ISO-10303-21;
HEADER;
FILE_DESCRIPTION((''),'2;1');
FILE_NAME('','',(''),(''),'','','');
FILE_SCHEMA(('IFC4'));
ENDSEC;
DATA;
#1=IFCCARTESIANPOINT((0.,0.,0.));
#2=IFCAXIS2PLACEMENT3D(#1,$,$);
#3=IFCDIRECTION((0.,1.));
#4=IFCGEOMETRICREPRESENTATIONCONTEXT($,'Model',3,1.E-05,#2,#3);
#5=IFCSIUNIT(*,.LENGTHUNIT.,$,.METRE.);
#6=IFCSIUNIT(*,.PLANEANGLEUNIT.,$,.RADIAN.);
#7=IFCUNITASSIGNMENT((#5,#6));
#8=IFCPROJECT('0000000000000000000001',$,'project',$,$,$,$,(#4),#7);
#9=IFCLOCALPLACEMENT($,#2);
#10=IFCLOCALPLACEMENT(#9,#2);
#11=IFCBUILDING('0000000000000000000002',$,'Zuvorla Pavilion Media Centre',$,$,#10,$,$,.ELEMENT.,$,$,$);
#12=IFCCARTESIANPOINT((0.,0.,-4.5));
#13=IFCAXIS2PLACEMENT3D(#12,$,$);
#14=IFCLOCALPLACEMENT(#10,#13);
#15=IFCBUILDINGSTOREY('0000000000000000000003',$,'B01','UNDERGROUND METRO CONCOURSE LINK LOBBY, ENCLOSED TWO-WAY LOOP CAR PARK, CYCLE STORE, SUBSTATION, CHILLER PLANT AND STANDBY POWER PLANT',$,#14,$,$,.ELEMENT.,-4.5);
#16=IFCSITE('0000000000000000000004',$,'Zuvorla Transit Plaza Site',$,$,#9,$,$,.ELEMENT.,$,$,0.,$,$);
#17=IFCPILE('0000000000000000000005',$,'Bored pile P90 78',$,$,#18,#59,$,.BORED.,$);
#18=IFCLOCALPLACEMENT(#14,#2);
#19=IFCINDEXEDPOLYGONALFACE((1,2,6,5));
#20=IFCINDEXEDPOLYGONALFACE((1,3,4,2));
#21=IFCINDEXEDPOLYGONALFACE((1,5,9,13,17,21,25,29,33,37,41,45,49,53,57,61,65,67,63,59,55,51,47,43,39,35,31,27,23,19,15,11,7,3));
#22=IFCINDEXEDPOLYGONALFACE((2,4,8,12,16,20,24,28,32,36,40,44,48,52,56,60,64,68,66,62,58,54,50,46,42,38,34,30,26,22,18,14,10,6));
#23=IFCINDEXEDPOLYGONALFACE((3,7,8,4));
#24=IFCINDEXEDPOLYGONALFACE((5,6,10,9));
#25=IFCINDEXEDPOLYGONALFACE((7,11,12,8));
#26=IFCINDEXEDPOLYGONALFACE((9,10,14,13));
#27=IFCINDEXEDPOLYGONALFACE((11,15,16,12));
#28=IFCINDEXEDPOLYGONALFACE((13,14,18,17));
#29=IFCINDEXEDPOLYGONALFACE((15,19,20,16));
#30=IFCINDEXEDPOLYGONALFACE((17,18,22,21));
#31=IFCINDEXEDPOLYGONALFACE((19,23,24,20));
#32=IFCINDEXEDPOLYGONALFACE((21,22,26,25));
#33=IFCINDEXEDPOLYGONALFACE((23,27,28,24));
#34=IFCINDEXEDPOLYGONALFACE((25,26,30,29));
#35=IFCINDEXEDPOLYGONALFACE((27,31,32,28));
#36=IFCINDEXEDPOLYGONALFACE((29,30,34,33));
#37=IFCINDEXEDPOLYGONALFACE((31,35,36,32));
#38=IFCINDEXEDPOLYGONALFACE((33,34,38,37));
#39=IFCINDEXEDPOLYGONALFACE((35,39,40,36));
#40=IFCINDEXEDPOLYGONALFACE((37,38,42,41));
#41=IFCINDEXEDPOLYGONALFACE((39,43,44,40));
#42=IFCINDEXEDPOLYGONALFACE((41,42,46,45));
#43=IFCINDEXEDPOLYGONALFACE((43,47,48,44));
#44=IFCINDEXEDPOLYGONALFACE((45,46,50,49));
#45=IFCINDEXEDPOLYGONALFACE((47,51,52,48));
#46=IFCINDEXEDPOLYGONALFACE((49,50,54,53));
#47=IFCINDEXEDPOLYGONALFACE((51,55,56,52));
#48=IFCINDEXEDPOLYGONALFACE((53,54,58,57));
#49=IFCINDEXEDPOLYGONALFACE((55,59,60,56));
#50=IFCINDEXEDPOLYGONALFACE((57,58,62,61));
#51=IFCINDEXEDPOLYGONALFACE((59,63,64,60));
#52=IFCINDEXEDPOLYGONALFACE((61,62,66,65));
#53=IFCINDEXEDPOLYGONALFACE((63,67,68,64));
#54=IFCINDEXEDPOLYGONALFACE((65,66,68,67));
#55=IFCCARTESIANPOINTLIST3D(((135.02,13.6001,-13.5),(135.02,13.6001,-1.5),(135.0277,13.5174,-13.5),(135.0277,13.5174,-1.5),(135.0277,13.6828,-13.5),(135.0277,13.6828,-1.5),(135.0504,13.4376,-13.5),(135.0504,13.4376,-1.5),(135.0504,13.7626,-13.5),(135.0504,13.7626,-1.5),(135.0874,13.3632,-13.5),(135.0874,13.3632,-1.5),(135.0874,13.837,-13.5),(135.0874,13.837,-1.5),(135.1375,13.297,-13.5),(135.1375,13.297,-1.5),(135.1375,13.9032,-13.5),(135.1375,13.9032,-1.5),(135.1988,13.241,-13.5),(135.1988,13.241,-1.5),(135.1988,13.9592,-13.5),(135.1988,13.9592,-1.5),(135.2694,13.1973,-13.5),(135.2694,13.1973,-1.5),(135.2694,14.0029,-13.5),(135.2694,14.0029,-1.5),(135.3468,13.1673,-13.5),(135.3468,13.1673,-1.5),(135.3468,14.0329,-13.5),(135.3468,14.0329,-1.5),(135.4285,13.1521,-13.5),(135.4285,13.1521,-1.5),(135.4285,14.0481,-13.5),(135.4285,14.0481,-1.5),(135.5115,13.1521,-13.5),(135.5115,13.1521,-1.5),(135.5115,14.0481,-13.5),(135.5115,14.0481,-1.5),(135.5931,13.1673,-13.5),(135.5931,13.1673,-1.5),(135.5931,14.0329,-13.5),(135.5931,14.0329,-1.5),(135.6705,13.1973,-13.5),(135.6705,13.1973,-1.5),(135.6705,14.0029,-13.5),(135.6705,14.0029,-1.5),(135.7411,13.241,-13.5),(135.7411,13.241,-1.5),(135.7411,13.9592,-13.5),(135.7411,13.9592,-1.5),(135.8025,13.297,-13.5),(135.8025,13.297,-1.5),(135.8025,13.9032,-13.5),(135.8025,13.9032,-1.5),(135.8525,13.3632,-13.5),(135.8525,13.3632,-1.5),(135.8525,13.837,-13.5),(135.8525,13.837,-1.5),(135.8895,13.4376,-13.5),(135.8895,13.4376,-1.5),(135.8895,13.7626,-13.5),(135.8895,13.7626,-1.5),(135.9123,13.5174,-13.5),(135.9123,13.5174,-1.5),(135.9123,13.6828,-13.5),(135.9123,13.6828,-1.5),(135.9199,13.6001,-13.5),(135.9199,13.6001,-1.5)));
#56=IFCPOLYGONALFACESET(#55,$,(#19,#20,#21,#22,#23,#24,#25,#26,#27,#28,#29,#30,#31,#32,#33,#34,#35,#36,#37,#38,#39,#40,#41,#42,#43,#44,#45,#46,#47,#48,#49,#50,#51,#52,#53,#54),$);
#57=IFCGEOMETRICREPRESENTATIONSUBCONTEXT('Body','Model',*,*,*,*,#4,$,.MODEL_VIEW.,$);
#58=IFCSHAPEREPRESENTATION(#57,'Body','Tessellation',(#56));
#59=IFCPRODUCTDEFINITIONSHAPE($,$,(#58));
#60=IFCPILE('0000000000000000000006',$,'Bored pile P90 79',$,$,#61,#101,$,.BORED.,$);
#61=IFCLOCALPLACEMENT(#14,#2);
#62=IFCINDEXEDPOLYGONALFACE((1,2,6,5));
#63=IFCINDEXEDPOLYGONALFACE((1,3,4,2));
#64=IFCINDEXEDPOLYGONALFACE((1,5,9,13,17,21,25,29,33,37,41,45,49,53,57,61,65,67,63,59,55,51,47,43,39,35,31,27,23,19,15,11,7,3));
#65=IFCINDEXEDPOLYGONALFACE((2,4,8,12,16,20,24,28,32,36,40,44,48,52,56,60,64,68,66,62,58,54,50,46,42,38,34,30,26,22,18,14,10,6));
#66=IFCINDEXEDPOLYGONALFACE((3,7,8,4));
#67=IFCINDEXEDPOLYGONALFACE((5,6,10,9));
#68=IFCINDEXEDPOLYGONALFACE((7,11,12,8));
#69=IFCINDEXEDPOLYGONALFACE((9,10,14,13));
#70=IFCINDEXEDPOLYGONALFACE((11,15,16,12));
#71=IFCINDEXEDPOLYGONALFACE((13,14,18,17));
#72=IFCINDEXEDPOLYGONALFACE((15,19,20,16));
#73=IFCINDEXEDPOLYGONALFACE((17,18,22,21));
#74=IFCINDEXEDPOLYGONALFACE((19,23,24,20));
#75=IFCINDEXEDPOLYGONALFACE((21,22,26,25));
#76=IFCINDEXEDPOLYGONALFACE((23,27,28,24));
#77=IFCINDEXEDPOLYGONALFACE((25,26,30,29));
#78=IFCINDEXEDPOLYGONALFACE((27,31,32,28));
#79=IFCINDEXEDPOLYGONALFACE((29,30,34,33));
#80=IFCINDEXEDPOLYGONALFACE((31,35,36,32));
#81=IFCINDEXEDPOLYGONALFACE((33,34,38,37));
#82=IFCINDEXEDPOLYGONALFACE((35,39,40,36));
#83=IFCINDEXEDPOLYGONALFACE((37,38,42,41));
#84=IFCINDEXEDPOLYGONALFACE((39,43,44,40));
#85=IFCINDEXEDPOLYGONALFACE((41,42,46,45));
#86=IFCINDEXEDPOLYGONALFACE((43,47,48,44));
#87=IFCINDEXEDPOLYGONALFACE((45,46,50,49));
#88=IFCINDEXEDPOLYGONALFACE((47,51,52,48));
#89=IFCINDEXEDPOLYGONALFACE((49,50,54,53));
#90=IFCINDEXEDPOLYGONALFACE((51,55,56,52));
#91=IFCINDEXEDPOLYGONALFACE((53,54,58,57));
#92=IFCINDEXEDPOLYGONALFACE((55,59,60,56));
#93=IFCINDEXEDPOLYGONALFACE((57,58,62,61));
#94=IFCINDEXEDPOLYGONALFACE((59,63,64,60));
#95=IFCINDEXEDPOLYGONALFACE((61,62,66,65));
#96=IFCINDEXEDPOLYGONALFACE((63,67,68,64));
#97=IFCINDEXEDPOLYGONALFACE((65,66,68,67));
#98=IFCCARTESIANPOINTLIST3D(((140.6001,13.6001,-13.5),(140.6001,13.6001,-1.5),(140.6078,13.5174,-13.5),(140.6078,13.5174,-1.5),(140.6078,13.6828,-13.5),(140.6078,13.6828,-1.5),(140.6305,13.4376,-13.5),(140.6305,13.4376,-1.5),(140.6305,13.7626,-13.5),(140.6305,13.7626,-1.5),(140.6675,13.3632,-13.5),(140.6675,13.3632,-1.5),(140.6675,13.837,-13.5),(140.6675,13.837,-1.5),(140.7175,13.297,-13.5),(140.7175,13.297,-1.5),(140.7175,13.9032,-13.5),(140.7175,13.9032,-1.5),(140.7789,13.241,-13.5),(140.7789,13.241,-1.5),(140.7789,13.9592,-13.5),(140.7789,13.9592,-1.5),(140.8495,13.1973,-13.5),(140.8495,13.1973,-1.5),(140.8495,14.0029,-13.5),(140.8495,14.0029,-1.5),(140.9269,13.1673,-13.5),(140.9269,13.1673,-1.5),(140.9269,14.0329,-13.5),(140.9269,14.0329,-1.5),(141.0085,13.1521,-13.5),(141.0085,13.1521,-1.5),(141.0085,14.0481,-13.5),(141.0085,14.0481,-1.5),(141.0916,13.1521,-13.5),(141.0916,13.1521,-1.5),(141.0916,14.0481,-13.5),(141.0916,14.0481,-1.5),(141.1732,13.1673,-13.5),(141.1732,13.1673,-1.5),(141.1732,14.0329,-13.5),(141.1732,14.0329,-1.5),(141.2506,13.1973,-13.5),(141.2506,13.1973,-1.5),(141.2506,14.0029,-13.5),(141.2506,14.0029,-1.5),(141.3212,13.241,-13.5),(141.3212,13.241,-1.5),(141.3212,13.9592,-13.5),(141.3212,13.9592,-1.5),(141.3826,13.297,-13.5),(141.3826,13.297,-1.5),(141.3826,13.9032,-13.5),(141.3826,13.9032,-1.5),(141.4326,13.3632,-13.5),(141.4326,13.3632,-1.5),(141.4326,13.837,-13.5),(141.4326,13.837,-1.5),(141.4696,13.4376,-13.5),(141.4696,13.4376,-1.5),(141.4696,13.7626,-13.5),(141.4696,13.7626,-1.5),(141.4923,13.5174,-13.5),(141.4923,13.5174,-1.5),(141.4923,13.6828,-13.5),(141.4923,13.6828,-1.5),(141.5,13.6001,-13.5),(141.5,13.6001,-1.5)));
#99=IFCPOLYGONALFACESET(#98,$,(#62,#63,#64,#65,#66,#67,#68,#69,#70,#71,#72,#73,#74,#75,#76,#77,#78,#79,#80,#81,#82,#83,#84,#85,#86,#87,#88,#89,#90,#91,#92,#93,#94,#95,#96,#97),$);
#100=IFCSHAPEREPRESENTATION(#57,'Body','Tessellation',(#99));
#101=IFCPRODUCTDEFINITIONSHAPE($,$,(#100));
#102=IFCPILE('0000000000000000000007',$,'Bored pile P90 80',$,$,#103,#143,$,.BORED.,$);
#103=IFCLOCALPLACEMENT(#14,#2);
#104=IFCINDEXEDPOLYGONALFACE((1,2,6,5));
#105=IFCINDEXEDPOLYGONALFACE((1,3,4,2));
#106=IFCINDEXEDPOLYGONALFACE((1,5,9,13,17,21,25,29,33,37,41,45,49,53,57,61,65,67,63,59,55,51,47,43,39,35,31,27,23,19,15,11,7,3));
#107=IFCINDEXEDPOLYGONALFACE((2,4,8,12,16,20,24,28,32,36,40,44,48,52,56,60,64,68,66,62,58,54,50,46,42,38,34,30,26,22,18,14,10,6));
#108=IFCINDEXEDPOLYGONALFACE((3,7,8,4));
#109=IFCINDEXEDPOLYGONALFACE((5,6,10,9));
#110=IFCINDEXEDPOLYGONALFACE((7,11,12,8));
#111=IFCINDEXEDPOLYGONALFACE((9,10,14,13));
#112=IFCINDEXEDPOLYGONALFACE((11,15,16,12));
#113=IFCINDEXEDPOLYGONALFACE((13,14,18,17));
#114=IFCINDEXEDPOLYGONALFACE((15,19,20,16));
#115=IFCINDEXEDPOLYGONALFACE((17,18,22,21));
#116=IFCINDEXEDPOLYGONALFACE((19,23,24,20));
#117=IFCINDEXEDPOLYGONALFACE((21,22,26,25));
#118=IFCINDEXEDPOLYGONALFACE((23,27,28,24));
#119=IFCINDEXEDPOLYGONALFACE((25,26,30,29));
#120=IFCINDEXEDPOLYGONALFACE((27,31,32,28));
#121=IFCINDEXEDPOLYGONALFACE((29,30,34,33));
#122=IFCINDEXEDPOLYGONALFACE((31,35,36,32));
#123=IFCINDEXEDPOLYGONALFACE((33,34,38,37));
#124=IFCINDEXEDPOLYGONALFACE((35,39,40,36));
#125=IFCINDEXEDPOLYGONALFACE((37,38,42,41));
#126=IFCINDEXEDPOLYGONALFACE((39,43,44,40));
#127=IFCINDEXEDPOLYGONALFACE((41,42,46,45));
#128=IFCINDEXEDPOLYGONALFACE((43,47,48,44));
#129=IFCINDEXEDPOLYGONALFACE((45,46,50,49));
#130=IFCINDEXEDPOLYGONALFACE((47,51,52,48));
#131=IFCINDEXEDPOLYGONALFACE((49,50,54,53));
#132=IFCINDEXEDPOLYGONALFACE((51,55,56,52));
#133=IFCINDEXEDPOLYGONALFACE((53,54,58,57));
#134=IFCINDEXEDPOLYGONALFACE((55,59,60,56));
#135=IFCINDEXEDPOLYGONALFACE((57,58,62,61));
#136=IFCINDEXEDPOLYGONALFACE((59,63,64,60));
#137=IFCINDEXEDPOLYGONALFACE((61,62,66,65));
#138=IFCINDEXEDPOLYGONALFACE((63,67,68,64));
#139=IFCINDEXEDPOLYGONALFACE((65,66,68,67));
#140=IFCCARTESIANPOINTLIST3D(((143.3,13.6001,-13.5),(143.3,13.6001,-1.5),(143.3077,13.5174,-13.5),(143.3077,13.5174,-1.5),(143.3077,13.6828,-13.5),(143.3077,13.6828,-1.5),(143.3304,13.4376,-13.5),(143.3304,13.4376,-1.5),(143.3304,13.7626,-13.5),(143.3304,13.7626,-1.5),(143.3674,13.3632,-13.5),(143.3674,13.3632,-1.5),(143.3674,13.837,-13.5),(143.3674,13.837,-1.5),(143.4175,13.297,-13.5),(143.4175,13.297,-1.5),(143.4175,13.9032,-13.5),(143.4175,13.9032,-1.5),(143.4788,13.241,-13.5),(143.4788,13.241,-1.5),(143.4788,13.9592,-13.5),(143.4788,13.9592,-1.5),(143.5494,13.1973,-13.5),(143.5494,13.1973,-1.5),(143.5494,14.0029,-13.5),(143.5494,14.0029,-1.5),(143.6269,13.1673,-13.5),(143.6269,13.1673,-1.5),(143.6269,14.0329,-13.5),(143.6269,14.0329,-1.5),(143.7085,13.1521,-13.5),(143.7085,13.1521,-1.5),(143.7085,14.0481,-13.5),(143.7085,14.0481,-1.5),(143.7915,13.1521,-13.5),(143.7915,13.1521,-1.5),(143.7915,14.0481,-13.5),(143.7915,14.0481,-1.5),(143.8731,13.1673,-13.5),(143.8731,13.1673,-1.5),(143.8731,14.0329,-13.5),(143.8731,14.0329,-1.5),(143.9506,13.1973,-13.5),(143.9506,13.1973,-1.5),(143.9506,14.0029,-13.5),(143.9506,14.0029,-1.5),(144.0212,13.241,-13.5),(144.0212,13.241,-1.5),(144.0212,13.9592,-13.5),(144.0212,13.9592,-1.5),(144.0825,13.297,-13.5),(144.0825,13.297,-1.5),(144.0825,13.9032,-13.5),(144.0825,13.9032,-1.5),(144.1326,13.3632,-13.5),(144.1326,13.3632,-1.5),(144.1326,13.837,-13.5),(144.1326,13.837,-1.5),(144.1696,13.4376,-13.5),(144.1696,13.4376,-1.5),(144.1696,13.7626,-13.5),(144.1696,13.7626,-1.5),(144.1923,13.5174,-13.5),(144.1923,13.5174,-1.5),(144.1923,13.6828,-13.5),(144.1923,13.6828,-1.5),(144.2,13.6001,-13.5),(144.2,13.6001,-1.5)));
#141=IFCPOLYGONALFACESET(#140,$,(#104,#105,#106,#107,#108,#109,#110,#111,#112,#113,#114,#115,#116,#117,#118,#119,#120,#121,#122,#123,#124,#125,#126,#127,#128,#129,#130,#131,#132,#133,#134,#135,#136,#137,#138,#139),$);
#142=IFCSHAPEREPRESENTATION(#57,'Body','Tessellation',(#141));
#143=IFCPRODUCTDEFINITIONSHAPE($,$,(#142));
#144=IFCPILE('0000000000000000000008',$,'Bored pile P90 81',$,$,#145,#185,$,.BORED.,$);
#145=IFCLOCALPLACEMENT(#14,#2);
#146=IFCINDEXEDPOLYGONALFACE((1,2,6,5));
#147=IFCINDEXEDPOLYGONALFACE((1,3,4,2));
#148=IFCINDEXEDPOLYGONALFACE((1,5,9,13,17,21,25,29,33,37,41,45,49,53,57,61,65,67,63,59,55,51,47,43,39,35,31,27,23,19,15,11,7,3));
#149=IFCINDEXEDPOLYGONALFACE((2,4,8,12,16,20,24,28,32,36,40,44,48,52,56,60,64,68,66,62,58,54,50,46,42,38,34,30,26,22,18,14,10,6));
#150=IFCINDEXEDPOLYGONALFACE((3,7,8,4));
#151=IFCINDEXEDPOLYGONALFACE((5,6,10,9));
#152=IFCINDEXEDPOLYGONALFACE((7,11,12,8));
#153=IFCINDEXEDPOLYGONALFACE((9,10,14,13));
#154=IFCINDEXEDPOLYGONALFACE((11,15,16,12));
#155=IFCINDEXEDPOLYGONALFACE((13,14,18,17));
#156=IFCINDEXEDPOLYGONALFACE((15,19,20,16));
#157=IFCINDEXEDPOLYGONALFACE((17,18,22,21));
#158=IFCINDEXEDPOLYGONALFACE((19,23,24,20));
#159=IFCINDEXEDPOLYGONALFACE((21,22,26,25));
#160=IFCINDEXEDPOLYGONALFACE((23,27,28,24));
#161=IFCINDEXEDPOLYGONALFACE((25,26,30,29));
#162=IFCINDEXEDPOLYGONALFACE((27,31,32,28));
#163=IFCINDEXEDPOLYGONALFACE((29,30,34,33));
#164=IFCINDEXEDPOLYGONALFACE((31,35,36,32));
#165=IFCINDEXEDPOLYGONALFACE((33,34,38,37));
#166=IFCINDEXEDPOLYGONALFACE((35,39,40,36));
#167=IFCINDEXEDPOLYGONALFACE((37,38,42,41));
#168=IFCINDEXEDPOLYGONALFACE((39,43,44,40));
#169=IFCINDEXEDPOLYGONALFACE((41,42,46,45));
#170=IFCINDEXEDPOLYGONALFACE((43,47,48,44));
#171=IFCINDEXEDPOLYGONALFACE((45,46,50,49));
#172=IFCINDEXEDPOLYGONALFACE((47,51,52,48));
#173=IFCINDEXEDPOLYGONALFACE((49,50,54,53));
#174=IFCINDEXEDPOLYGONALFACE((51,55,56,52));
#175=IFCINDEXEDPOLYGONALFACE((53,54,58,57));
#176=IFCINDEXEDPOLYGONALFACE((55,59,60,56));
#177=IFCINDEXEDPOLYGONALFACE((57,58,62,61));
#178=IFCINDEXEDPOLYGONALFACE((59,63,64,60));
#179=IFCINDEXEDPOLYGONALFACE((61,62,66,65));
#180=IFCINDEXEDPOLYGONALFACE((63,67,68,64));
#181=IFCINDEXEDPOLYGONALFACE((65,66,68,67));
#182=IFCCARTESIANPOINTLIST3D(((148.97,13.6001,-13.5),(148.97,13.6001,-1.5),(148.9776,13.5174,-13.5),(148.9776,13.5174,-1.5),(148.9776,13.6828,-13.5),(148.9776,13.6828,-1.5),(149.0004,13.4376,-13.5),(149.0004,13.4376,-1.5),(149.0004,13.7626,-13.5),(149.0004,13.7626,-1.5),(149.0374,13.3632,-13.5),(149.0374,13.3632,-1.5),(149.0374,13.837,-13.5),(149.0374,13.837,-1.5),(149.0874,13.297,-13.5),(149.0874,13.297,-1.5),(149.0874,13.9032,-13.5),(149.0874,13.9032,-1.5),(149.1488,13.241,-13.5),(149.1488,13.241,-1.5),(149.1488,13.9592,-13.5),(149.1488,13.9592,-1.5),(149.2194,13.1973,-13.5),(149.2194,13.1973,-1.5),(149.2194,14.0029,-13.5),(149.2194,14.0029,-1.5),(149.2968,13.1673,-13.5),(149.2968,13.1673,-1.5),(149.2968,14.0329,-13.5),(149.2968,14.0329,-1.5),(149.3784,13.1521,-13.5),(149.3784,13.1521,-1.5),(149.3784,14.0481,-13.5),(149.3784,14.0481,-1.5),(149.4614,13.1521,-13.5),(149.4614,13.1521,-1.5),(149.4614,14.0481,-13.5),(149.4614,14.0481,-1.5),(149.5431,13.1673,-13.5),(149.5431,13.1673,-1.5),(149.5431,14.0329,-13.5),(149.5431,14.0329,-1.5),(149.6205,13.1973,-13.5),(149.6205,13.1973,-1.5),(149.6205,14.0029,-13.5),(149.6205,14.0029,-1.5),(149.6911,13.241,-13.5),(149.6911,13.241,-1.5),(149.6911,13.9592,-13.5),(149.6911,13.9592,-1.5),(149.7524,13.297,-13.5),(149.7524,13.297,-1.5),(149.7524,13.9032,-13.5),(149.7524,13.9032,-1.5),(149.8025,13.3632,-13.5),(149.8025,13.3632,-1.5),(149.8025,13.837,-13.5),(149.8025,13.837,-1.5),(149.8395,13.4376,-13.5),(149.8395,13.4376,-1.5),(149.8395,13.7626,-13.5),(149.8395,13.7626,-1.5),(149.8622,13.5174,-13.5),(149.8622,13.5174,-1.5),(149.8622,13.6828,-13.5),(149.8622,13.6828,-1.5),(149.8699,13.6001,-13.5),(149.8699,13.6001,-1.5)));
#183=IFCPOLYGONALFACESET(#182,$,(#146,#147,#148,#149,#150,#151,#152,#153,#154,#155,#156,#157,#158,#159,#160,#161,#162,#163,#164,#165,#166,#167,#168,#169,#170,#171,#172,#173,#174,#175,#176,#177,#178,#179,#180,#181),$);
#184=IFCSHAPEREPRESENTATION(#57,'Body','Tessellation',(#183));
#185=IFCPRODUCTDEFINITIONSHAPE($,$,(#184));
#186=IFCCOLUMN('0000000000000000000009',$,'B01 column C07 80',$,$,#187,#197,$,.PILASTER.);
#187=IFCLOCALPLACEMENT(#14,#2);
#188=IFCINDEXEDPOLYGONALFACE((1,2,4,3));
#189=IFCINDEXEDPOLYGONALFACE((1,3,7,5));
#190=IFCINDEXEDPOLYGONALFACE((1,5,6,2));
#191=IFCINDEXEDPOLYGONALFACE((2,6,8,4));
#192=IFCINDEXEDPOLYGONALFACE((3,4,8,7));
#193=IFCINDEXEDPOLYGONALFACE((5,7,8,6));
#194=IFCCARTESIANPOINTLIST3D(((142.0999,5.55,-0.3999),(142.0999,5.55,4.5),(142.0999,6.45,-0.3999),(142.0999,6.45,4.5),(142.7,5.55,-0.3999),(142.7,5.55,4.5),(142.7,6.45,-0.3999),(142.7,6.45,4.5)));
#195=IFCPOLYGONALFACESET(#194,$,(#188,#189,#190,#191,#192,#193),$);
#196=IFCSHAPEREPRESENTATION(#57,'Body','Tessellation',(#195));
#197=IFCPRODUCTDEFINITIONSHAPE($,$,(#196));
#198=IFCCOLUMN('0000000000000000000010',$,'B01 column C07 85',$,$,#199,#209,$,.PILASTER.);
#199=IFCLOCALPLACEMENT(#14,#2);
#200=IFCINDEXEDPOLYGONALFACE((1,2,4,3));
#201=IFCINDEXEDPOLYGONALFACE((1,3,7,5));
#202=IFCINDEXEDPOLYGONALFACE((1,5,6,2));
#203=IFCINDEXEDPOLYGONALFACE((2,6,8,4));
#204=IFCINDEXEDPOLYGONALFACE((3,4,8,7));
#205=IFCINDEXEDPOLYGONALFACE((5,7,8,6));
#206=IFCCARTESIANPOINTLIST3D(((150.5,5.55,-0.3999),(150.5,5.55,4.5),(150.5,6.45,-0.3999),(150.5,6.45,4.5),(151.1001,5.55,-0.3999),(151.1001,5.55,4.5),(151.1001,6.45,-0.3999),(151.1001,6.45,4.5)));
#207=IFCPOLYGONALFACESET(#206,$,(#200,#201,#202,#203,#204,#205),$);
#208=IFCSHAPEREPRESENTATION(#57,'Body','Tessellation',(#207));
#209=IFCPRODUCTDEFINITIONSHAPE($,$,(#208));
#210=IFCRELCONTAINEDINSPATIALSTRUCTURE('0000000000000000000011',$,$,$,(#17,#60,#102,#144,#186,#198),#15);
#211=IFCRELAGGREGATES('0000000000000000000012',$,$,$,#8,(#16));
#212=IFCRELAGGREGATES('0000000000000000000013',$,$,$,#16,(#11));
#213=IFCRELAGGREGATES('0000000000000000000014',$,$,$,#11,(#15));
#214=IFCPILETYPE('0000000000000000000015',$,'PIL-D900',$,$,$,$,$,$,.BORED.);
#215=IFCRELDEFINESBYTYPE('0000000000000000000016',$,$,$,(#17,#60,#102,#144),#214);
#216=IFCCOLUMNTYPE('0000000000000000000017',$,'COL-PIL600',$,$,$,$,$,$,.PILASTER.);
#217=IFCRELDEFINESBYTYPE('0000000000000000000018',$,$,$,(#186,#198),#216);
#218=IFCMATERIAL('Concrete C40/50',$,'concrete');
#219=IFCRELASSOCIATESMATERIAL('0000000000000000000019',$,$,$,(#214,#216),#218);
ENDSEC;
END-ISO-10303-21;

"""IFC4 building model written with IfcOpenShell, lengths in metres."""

from ifc_helpers import new_model, si_unit, direction, frame, origin, origin_2d, place, context, subcontext, project, spatial, rectangle, circle, extrude, material, material_profile, profile_set, type_object, element, save


model = new_model("IFC4")

# Units and contexts
model_context = context("Model", 3, precision=1e-05, world=origin(), true_north=direction((0.0, 1.0)))
body_context = subcontext(model_context, "Body", "Model", "MODEL_VIEW")
ifc_project = project(units=[si_unit("LENGTHUNIT", "METRE"), si_unit("PLANEANGLEUNIT", "RADIAN")], contexts=[model_context])

# Site, building, storey
site_placement = place(None, origin())
site = spatial("IfcSite", under=ifc_project, at=site_placement, Name="Zuvorla Transit Plaza Site", CompositionType="ELEMENT", RefElevation=0.0)
building_placement = place(site_placement, origin())
building = spatial("IfcBuilding", under=site, at=building_placement, Name="Zuvorla Pavilion Media Centre", CompositionType="ELEMENT")
storey_placement = place(building_placement, frame((0.0, 0.0, -4.5)))
storey = spatial("IfcBuildingStorey", under=building, at=storey_placement, Name="B01", Description="UNDERGROUND METRO CONCOURSE LINK LOBBY, ENCLOSED TWO-WAY LOOP CAR PARK, CYCLE STORE, SUBSTATION, CHILLER PLANT AND STANDBY POWER PLANT", CompositionType="ELEMENT", Elevation=-4.5)

# Shared definitions
ifc_material = material(Name="Concrete C40/50", Category="concrete")

# Piles
ifc_material_profile_1 = material_profile(ifc_material, circle(Radius=0.45, at=origin_2d()), Name="BORED PILE 900")
ifc_profile_set_1 = profile_set([ifc_material_profile_1], Name="Concrete C40/50")
pile_type = type_object("IfcPileType", Name="PIL-D900", PredefinedType="BORED", material=ifc_profile_set_1)
for number, where, z_axis, x_axis, name in (
    (1, (135.47, 13.6001, -1.5), (0.0, 0.0, -1.0), (1.0, 0.0, 0.0), "Bored pile P90 78"),
    (2, (141.05, 13.6001, -1.5), (0.0, 0.0, -1.0), (1.0, 0.0, 0.0), "Bored pile P90 79"),
    (3, (143.75, 13.6001, -1.5), (0.0, 0.0, -1.0), (1.0, 0.0, 0.0), "Bored pile P90 80"),
    (4, (149.4199, 13.6001, -1.5), (0.0, 0.0, -1.0), (1.0, 0.0, 0.0), "Bored pile P90 81"),
):
    element("IfcPile", number, at=place(storey_placement, frame(where, z_axis=z_axis, x_axis=x_axis)), inside=storey, type_object=pile_type, Name=name, PredefinedType="BORED", context=body_context, shape_type="SweptSolid", body=[
        extrude(circle(Radius=0.45, at=origin_2d()), origin(), (0.0, 0.0, 1.0), 12.0),
    ])

# Columns
ifc_material_profile_2 = material_profile(ifc_material, rectangle(XDim=0.6001, YDim=0.8999, at=origin_2d()), Name="RC 600x900")
ifc_profile_set_2 = profile_set([ifc_material_profile_2], Name="Concrete C40/50")
column_type_1 = type_object("IfcColumnType", Name="COL-PIL600", PredefinedType="PILASTER", material=ifc_profile_set_2)
for number, where, z_axis, x_axis, name in (
    (5, (142.3999, 6.0, -0.3999), (0.0, 0.0, 1.0), (1.0, 0.0, 0.0), "B01 column C07 80"),
    (6, (150.8, 6.0, -0.3999), (0.0, 0.0, 1.0), (1.0, 0.0, 0.0), "B01 column C07 85"),
):
    element("IfcColumn", number, at=place(storey_placement, frame(where, z_axis=z_axis, x_axis=x_axis)), inside=storey, type_object=column_type_1, Name=name, PredefinedType="PILASTER", context=body_context, shape_type="SweptSolid", body=[
        extrude(rectangle(XDim=0.6001, YDim=0.8999, at=origin_2d()), origin(), (0.0, 0.0, 1.0), 4.8999),
    ])

save(model, "model.ifc")
